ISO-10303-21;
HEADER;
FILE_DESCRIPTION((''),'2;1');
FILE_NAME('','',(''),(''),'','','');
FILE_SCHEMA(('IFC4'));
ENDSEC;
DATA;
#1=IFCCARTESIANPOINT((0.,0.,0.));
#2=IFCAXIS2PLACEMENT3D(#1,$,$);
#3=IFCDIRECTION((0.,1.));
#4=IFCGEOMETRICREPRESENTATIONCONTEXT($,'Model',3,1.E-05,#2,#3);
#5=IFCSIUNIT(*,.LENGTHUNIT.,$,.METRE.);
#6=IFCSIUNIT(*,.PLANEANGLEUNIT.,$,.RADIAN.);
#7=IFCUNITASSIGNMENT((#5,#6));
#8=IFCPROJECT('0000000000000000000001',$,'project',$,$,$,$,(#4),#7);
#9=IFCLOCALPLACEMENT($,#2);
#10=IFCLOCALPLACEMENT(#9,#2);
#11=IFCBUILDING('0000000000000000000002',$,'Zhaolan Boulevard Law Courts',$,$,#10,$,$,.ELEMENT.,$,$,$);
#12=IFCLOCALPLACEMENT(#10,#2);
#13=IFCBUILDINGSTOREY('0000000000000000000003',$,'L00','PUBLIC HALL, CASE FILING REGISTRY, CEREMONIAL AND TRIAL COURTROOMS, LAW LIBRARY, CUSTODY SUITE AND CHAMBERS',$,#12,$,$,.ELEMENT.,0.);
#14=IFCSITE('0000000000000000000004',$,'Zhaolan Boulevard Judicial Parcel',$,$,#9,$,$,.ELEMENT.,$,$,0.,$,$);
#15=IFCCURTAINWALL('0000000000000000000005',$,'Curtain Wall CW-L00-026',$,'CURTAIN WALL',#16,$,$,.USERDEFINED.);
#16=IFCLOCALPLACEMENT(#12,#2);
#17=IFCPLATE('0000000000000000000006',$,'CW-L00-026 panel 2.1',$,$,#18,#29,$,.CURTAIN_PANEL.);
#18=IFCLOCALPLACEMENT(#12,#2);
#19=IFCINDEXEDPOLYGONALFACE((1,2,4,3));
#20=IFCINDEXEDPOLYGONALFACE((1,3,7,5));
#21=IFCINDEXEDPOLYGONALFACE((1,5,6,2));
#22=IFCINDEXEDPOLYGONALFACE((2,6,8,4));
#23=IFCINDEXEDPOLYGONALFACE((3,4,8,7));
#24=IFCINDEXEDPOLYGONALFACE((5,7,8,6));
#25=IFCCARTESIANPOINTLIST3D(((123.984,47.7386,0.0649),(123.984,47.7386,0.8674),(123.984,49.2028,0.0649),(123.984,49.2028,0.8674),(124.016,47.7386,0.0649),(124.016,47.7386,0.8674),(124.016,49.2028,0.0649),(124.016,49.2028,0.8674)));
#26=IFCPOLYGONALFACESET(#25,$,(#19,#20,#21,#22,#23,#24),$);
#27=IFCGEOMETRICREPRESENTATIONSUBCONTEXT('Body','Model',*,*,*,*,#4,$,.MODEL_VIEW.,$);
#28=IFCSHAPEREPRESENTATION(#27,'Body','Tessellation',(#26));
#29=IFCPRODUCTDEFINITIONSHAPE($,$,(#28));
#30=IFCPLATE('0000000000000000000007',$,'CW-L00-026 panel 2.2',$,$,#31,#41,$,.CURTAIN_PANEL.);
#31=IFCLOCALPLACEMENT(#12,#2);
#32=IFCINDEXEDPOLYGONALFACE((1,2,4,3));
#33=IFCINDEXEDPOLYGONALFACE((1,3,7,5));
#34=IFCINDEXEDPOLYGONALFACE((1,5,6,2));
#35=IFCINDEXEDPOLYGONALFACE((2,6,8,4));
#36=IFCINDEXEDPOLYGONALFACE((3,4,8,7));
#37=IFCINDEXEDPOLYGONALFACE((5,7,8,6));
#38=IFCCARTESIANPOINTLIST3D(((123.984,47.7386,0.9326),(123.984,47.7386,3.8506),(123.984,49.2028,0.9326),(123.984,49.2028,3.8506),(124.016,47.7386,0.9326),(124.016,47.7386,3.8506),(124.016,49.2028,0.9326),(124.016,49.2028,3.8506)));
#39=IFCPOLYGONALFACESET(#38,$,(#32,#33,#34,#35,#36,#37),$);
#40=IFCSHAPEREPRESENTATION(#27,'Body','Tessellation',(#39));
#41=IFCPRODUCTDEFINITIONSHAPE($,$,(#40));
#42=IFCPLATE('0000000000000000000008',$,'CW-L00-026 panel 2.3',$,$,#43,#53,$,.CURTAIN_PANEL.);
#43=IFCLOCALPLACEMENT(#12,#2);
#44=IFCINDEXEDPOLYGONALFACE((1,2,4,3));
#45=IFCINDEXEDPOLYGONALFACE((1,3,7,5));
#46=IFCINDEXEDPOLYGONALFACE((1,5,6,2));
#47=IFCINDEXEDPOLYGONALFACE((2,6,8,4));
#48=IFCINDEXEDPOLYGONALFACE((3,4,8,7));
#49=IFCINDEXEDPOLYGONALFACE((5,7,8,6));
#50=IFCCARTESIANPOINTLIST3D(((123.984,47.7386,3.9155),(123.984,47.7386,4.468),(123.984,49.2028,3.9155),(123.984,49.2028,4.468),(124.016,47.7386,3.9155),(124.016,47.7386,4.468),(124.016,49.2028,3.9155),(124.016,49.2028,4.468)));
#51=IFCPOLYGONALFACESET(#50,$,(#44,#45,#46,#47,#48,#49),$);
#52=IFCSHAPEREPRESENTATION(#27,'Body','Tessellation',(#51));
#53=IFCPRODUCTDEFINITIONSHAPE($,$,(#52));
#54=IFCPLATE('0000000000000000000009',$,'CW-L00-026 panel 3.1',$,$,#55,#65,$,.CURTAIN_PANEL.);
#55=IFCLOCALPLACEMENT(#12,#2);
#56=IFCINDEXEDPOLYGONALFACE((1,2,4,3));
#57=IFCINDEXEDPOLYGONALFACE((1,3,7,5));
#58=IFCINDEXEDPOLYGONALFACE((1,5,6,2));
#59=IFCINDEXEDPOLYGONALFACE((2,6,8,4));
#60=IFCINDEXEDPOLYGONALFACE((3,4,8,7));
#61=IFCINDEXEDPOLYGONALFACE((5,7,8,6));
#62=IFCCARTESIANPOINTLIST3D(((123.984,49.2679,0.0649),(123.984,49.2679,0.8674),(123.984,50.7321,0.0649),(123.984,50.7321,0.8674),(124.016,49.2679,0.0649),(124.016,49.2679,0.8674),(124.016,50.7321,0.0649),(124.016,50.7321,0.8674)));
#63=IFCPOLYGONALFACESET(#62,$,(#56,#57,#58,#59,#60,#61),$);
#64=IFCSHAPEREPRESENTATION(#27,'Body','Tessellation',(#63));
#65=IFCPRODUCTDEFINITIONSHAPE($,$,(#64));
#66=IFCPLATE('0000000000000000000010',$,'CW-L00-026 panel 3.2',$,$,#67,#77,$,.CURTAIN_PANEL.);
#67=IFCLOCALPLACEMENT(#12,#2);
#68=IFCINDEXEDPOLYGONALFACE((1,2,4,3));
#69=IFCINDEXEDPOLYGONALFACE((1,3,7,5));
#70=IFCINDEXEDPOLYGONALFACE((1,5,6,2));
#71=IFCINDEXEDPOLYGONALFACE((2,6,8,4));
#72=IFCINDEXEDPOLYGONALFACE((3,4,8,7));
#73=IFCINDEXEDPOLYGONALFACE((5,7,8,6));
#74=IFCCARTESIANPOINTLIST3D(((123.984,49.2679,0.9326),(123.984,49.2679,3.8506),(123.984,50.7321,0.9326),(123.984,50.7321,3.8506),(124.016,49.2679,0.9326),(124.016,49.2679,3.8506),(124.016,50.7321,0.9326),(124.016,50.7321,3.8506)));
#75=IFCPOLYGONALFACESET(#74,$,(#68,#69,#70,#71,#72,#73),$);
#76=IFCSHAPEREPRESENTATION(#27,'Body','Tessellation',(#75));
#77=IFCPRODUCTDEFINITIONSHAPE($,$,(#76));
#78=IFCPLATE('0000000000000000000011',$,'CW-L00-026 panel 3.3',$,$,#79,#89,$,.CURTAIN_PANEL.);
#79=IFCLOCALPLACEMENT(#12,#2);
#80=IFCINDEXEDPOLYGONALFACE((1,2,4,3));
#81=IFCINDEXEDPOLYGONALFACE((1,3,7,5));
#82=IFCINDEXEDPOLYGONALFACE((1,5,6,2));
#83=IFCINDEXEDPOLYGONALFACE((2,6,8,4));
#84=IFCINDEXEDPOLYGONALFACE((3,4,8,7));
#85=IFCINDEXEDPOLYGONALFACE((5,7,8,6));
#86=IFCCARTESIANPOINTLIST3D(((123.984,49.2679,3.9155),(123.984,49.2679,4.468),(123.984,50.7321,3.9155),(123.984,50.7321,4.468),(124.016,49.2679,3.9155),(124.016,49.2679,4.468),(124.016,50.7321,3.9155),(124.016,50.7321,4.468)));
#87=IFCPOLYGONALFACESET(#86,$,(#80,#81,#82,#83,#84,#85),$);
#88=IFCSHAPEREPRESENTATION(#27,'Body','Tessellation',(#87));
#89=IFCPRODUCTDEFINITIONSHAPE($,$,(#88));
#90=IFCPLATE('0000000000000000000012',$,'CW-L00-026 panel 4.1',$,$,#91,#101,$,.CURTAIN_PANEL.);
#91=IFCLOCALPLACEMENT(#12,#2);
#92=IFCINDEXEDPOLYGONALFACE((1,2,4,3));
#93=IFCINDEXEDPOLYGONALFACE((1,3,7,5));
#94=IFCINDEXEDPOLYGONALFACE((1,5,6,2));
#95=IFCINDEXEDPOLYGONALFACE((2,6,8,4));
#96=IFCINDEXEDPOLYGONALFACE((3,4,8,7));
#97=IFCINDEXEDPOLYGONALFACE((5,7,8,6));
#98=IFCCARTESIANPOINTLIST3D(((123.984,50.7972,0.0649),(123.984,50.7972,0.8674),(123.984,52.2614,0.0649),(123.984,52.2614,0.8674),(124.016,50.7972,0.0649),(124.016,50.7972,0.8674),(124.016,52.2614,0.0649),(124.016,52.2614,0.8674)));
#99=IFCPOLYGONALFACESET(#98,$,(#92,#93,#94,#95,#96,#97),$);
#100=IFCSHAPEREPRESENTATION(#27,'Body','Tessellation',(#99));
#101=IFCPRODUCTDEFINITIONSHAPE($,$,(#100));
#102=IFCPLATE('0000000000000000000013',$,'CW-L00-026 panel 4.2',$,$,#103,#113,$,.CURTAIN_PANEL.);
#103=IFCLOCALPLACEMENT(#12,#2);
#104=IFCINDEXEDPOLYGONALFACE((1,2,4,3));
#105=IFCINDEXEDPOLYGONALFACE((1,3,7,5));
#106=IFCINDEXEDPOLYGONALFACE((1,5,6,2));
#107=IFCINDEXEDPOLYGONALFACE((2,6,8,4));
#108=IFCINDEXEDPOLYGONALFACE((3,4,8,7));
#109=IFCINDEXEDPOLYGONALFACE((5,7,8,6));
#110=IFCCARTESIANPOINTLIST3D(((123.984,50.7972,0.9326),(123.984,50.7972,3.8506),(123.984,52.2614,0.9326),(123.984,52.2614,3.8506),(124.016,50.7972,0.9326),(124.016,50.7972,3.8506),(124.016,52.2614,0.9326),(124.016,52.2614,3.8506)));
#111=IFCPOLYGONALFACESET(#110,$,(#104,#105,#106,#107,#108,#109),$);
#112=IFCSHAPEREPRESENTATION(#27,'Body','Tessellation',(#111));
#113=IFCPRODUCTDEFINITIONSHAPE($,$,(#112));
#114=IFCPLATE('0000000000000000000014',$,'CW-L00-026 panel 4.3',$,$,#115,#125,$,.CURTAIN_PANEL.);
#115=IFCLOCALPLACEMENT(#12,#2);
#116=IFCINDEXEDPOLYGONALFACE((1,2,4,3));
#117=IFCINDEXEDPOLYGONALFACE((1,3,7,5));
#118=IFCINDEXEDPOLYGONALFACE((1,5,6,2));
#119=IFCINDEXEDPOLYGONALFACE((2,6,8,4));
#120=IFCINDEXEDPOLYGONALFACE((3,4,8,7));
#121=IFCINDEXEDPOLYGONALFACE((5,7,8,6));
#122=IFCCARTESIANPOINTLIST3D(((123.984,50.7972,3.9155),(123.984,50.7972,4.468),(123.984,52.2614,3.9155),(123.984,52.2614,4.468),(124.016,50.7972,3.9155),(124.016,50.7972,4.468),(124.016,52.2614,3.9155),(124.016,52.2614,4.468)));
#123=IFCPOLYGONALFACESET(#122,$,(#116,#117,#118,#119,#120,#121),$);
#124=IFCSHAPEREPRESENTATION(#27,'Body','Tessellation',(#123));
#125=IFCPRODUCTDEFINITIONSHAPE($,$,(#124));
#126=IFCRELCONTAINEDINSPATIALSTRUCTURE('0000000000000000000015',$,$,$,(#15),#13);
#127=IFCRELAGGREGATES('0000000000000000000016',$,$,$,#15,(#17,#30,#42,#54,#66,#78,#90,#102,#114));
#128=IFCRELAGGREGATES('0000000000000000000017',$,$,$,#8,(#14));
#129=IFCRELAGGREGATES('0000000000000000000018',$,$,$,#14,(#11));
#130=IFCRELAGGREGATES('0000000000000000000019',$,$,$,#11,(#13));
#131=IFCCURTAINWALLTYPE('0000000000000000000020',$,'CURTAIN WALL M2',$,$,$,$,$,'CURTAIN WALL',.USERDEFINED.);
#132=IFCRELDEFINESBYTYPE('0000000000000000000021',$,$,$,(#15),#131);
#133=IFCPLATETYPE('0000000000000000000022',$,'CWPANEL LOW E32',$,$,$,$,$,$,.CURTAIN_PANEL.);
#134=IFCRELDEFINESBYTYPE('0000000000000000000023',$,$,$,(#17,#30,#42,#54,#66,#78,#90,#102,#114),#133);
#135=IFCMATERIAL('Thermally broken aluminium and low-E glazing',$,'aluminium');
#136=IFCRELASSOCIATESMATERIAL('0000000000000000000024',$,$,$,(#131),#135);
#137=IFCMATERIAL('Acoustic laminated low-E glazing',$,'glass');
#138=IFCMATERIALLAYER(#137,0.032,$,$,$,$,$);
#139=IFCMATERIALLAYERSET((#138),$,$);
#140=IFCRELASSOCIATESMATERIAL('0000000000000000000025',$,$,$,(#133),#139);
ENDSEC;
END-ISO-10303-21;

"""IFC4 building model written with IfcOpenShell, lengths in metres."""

from ifc_helpers import new_model, si_unit, direction, frame, origin, origin_2d, place, context, subcontext, project, spatial, rectangle, extrude, material, layer, layer_set, type_object, element, aggregate, save


model = new_model("IFC4")

# Units and contexts
model_context = context("Model", 3, precision=1e-05, world=origin(), true_north=direction((0.0, 1.0)))
body_context = subcontext(model_context, "Body", "Model", "MODEL_VIEW")
ifc_project = project(units=[si_unit("LENGTHUNIT", "METRE"), si_unit("PLANEANGLEUNIT", "RADIAN")], contexts=[model_context])

# Site, building, storey
site_placement = place(None, origin())
site = spatial("IfcSite", under=ifc_project, at=site_placement, Name="Zhaolan Boulevard Judicial Parcel", CompositionType="ELEMENT", RefElevation=0.0)
building_placement = place(site_placement, origin())
building = spatial("IfcBuilding", under=site, at=building_placement, Name="Zhaolan Boulevard Law Courts", CompositionType="ELEMENT")
storey_placement = place(building_placement, origin())
storey = spatial("IfcBuildingStorey", under=building, at=storey_placement, Name="L00", Description="PUBLIC HALL, CASE FILING REGISTRY, CEREMONIAL AND TRIAL COURTROOMS, LAW LIBRARY, CUSTODY SUITE AND CHAMBERS", CompositionType="ELEMENT", Elevation=0.0)

# Curtain wall, plates
ifc_material_1 = material(Name="Thermally broken aluminium and low-E glazing", Category="aluminium")
curtain_wall_type = type_object("IfcCurtainWallType", Name="CURTAIN WALL M2", ElementType="CURTAIN WALL", PredefinedType="USERDEFINED", material=ifc_material_1)
curtain_wall_placement = place(storey_placement, origin())
curtain_wall = element("IfcCurtainWall", 1, at=curtain_wall_placement, inside=storey, type_object=curtain_wall_type, Name="Curtain Wall CW-L00-026", ObjectType="CURTAIN WALL", PredefinedType="USERDEFINED")
ifc_material_2 = material(Name="Acoustic laminated low-E glazing", Category="glass")
ifc_layer = layer(ifc_material_2, 0.032)
ifc_layer_set = layer_set([ifc_layer])
plate_type = type_object("IfcPlateType", Name="CWPANEL LOW E32", PredefinedType="CURTAIN_PANEL", material=ifc_layer_set)
plate_1_placement = place(storey_placement, frame((124.0, 48.4707, 0.0649), z_axis=(0.0, 0.0, 1.0), x_axis=(0.0, 1.0, 0.0)))
plate_1 = element("IfcPlate", 2, at=plate_1_placement, type_object=plate_type, Name="CW-L00-026 panel 2.1", PredefinedType="CURTAIN_PANEL", context=body_context, shape_type="SweptSolid", body=[
    extrude(rectangle(XDim=1.4641, YDim=0.032, at=origin_2d()), origin(), (0.0, 0.0, 1.0), 0.8025),
])
plate_2_placement = place(storey_placement, frame((124.0, 48.4707, 0.9326), z_axis=(0.0, 0.0, 1.0), x_axis=(0.0, 1.0, 0.0)))
plate_2 = element("IfcPlate", 3, at=plate_2_placement, type_object=plate_type, Name="CW-L00-026 panel 2.2", PredefinedType="CURTAIN_PANEL", context=body_context, shape_type="SweptSolid", body=[
    extrude(rectangle(XDim=1.4641, YDim=0.032, at=origin_2d()), origin(), (0.0, 0.0, 1.0), 2.918),
])
plate_3_placement = place(storey_placement, frame((124.0, 48.4707, 3.9155), z_axis=(0.0, 0.0, 1.0), x_axis=(0.0, 1.0, 0.0)))
plate_3 = element("IfcPlate", 4, at=plate_3_placement, type_object=plate_type, Name="CW-L00-026 panel 2.3", PredefinedType="CURTAIN_PANEL", context=body_context, shape_type="SweptSolid", body=[
    extrude(rectangle(XDim=1.4641, YDim=0.032, at=origin_2d()), origin(), (0.0, 0.0, 1.0), 0.5525),
])
plate_4_placement = place(storey_placement, frame((124.0, 50.0, 0.0649), z_axis=(0.0, 0.0, 1.0), x_axis=(0.0, 1.0, 0.0)))
plate_4 = element("IfcPlate", 5, at=plate_4_placement, type_object=plate_type, Name="CW-L00-026 panel 3.1", PredefinedType="CURTAIN_PANEL", context=body_context, shape_type="SweptSolid", body=[
    extrude(rectangle(XDim=1.4641, YDim=0.032, at=origin_2d()), origin(), (0.0, 0.0, 1.0), 0.8025),
])
plate_5_placement = place(storey_placement, frame((124.0, 50.0, 0.9326), z_axis=(0.0, 0.0, 1.0), x_axis=(0.0, 1.0, 0.0)))
plate_5 = element("IfcPlate", 6, at=plate_5_placement, type_object=plate_type, Name="CW-L00-026 panel 3.2", PredefinedType="CURTAIN_PANEL", context=body_context, shape_type="SweptSolid", body=[
    extrude(rectangle(XDim=1.4641, YDim=0.032, at=origin_2d()), origin(), (0.0, 0.0, 1.0), 2.918),
])
plate_6_placement = place(storey_placement, frame((124.0, 50.0, 3.9155), z_axis=(0.0, 0.0, 1.0), x_axis=(0.0, 1.0, 0.0)))
plate_6 = element("IfcPlate", 7, at=plate_6_placement, type_object=plate_type, Name="CW-L00-026 panel 3.3", PredefinedType="CURTAIN_PANEL", context=body_context, shape_type="SweptSolid", body=[
    extrude(rectangle(XDim=1.4641, YDim=0.032, at=origin_2d()), origin(), (0.0, 0.0, 1.0), 0.5525),
])
plate_7_placement = place(storey_placement, frame((124.0, 51.5293, 0.0649), z_axis=(0.0, 0.0, 1.0), x_axis=(0.0, 1.0, 0.0)))
plate_7 = element("IfcPlate", 8, at=plate_7_placement, type_object=plate_type, Name="CW-L00-026 panel 4.1", PredefinedType="CURTAIN_PANEL", context=body_context, shape_type="SweptSolid", body=[
    extrude(rectangle(XDim=1.4641, YDim=0.032, at=origin_2d()), origin(), (0.0, 0.0, 1.0), 0.8025),
])
plate_8_placement = place(storey_placement, frame((124.0, 51.5293, 0.9326), z_axis=(0.0, 0.0, 1.0), x_axis=(0.0, 1.0, 0.0)))
plate_8 = element("IfcPlate", 9, at=plate_8_placement, type_object=plate_type, Name="CW-L00-026 panel 4.2", PredefinedType="CURTAIN_PANEL", context=body_context, shape_type="SweptSolid", body=[
    extrude(rectangle(XDim=1.4641, YDim=0.032, at=origin_2d()), origin(), (0.0, 0.0, 1.0), 2.918),
])
plate_9_placement = place(storey_placement, frame((124.0, 51.5293, 3.9155), z_axis=(0.0, 0.0, 1.0), x_axis=(0.0, 1.0, 0.0)))
plate_9 = element("IfcPlate", 10, at=plate_9_placement, type_object=plate_type, Name="CW-L00-026 panel 4.3", PredefinedType="CURTAIN_PANEL", context=body_context, shape_type="SweptSolid", body=[
    extrude(rectangle(XDim=1.4641, YDim=0.032, at=origin_2d()), origin(), (0.0, 0.0, 1.0), 0.5525),
])
aggregate(curtain_wall, [plate_1, plate_2, plate_3, plate_4, plate_5, plate_6, plate_7, plate_8, plate_9])

save(model, "model.ifc")
